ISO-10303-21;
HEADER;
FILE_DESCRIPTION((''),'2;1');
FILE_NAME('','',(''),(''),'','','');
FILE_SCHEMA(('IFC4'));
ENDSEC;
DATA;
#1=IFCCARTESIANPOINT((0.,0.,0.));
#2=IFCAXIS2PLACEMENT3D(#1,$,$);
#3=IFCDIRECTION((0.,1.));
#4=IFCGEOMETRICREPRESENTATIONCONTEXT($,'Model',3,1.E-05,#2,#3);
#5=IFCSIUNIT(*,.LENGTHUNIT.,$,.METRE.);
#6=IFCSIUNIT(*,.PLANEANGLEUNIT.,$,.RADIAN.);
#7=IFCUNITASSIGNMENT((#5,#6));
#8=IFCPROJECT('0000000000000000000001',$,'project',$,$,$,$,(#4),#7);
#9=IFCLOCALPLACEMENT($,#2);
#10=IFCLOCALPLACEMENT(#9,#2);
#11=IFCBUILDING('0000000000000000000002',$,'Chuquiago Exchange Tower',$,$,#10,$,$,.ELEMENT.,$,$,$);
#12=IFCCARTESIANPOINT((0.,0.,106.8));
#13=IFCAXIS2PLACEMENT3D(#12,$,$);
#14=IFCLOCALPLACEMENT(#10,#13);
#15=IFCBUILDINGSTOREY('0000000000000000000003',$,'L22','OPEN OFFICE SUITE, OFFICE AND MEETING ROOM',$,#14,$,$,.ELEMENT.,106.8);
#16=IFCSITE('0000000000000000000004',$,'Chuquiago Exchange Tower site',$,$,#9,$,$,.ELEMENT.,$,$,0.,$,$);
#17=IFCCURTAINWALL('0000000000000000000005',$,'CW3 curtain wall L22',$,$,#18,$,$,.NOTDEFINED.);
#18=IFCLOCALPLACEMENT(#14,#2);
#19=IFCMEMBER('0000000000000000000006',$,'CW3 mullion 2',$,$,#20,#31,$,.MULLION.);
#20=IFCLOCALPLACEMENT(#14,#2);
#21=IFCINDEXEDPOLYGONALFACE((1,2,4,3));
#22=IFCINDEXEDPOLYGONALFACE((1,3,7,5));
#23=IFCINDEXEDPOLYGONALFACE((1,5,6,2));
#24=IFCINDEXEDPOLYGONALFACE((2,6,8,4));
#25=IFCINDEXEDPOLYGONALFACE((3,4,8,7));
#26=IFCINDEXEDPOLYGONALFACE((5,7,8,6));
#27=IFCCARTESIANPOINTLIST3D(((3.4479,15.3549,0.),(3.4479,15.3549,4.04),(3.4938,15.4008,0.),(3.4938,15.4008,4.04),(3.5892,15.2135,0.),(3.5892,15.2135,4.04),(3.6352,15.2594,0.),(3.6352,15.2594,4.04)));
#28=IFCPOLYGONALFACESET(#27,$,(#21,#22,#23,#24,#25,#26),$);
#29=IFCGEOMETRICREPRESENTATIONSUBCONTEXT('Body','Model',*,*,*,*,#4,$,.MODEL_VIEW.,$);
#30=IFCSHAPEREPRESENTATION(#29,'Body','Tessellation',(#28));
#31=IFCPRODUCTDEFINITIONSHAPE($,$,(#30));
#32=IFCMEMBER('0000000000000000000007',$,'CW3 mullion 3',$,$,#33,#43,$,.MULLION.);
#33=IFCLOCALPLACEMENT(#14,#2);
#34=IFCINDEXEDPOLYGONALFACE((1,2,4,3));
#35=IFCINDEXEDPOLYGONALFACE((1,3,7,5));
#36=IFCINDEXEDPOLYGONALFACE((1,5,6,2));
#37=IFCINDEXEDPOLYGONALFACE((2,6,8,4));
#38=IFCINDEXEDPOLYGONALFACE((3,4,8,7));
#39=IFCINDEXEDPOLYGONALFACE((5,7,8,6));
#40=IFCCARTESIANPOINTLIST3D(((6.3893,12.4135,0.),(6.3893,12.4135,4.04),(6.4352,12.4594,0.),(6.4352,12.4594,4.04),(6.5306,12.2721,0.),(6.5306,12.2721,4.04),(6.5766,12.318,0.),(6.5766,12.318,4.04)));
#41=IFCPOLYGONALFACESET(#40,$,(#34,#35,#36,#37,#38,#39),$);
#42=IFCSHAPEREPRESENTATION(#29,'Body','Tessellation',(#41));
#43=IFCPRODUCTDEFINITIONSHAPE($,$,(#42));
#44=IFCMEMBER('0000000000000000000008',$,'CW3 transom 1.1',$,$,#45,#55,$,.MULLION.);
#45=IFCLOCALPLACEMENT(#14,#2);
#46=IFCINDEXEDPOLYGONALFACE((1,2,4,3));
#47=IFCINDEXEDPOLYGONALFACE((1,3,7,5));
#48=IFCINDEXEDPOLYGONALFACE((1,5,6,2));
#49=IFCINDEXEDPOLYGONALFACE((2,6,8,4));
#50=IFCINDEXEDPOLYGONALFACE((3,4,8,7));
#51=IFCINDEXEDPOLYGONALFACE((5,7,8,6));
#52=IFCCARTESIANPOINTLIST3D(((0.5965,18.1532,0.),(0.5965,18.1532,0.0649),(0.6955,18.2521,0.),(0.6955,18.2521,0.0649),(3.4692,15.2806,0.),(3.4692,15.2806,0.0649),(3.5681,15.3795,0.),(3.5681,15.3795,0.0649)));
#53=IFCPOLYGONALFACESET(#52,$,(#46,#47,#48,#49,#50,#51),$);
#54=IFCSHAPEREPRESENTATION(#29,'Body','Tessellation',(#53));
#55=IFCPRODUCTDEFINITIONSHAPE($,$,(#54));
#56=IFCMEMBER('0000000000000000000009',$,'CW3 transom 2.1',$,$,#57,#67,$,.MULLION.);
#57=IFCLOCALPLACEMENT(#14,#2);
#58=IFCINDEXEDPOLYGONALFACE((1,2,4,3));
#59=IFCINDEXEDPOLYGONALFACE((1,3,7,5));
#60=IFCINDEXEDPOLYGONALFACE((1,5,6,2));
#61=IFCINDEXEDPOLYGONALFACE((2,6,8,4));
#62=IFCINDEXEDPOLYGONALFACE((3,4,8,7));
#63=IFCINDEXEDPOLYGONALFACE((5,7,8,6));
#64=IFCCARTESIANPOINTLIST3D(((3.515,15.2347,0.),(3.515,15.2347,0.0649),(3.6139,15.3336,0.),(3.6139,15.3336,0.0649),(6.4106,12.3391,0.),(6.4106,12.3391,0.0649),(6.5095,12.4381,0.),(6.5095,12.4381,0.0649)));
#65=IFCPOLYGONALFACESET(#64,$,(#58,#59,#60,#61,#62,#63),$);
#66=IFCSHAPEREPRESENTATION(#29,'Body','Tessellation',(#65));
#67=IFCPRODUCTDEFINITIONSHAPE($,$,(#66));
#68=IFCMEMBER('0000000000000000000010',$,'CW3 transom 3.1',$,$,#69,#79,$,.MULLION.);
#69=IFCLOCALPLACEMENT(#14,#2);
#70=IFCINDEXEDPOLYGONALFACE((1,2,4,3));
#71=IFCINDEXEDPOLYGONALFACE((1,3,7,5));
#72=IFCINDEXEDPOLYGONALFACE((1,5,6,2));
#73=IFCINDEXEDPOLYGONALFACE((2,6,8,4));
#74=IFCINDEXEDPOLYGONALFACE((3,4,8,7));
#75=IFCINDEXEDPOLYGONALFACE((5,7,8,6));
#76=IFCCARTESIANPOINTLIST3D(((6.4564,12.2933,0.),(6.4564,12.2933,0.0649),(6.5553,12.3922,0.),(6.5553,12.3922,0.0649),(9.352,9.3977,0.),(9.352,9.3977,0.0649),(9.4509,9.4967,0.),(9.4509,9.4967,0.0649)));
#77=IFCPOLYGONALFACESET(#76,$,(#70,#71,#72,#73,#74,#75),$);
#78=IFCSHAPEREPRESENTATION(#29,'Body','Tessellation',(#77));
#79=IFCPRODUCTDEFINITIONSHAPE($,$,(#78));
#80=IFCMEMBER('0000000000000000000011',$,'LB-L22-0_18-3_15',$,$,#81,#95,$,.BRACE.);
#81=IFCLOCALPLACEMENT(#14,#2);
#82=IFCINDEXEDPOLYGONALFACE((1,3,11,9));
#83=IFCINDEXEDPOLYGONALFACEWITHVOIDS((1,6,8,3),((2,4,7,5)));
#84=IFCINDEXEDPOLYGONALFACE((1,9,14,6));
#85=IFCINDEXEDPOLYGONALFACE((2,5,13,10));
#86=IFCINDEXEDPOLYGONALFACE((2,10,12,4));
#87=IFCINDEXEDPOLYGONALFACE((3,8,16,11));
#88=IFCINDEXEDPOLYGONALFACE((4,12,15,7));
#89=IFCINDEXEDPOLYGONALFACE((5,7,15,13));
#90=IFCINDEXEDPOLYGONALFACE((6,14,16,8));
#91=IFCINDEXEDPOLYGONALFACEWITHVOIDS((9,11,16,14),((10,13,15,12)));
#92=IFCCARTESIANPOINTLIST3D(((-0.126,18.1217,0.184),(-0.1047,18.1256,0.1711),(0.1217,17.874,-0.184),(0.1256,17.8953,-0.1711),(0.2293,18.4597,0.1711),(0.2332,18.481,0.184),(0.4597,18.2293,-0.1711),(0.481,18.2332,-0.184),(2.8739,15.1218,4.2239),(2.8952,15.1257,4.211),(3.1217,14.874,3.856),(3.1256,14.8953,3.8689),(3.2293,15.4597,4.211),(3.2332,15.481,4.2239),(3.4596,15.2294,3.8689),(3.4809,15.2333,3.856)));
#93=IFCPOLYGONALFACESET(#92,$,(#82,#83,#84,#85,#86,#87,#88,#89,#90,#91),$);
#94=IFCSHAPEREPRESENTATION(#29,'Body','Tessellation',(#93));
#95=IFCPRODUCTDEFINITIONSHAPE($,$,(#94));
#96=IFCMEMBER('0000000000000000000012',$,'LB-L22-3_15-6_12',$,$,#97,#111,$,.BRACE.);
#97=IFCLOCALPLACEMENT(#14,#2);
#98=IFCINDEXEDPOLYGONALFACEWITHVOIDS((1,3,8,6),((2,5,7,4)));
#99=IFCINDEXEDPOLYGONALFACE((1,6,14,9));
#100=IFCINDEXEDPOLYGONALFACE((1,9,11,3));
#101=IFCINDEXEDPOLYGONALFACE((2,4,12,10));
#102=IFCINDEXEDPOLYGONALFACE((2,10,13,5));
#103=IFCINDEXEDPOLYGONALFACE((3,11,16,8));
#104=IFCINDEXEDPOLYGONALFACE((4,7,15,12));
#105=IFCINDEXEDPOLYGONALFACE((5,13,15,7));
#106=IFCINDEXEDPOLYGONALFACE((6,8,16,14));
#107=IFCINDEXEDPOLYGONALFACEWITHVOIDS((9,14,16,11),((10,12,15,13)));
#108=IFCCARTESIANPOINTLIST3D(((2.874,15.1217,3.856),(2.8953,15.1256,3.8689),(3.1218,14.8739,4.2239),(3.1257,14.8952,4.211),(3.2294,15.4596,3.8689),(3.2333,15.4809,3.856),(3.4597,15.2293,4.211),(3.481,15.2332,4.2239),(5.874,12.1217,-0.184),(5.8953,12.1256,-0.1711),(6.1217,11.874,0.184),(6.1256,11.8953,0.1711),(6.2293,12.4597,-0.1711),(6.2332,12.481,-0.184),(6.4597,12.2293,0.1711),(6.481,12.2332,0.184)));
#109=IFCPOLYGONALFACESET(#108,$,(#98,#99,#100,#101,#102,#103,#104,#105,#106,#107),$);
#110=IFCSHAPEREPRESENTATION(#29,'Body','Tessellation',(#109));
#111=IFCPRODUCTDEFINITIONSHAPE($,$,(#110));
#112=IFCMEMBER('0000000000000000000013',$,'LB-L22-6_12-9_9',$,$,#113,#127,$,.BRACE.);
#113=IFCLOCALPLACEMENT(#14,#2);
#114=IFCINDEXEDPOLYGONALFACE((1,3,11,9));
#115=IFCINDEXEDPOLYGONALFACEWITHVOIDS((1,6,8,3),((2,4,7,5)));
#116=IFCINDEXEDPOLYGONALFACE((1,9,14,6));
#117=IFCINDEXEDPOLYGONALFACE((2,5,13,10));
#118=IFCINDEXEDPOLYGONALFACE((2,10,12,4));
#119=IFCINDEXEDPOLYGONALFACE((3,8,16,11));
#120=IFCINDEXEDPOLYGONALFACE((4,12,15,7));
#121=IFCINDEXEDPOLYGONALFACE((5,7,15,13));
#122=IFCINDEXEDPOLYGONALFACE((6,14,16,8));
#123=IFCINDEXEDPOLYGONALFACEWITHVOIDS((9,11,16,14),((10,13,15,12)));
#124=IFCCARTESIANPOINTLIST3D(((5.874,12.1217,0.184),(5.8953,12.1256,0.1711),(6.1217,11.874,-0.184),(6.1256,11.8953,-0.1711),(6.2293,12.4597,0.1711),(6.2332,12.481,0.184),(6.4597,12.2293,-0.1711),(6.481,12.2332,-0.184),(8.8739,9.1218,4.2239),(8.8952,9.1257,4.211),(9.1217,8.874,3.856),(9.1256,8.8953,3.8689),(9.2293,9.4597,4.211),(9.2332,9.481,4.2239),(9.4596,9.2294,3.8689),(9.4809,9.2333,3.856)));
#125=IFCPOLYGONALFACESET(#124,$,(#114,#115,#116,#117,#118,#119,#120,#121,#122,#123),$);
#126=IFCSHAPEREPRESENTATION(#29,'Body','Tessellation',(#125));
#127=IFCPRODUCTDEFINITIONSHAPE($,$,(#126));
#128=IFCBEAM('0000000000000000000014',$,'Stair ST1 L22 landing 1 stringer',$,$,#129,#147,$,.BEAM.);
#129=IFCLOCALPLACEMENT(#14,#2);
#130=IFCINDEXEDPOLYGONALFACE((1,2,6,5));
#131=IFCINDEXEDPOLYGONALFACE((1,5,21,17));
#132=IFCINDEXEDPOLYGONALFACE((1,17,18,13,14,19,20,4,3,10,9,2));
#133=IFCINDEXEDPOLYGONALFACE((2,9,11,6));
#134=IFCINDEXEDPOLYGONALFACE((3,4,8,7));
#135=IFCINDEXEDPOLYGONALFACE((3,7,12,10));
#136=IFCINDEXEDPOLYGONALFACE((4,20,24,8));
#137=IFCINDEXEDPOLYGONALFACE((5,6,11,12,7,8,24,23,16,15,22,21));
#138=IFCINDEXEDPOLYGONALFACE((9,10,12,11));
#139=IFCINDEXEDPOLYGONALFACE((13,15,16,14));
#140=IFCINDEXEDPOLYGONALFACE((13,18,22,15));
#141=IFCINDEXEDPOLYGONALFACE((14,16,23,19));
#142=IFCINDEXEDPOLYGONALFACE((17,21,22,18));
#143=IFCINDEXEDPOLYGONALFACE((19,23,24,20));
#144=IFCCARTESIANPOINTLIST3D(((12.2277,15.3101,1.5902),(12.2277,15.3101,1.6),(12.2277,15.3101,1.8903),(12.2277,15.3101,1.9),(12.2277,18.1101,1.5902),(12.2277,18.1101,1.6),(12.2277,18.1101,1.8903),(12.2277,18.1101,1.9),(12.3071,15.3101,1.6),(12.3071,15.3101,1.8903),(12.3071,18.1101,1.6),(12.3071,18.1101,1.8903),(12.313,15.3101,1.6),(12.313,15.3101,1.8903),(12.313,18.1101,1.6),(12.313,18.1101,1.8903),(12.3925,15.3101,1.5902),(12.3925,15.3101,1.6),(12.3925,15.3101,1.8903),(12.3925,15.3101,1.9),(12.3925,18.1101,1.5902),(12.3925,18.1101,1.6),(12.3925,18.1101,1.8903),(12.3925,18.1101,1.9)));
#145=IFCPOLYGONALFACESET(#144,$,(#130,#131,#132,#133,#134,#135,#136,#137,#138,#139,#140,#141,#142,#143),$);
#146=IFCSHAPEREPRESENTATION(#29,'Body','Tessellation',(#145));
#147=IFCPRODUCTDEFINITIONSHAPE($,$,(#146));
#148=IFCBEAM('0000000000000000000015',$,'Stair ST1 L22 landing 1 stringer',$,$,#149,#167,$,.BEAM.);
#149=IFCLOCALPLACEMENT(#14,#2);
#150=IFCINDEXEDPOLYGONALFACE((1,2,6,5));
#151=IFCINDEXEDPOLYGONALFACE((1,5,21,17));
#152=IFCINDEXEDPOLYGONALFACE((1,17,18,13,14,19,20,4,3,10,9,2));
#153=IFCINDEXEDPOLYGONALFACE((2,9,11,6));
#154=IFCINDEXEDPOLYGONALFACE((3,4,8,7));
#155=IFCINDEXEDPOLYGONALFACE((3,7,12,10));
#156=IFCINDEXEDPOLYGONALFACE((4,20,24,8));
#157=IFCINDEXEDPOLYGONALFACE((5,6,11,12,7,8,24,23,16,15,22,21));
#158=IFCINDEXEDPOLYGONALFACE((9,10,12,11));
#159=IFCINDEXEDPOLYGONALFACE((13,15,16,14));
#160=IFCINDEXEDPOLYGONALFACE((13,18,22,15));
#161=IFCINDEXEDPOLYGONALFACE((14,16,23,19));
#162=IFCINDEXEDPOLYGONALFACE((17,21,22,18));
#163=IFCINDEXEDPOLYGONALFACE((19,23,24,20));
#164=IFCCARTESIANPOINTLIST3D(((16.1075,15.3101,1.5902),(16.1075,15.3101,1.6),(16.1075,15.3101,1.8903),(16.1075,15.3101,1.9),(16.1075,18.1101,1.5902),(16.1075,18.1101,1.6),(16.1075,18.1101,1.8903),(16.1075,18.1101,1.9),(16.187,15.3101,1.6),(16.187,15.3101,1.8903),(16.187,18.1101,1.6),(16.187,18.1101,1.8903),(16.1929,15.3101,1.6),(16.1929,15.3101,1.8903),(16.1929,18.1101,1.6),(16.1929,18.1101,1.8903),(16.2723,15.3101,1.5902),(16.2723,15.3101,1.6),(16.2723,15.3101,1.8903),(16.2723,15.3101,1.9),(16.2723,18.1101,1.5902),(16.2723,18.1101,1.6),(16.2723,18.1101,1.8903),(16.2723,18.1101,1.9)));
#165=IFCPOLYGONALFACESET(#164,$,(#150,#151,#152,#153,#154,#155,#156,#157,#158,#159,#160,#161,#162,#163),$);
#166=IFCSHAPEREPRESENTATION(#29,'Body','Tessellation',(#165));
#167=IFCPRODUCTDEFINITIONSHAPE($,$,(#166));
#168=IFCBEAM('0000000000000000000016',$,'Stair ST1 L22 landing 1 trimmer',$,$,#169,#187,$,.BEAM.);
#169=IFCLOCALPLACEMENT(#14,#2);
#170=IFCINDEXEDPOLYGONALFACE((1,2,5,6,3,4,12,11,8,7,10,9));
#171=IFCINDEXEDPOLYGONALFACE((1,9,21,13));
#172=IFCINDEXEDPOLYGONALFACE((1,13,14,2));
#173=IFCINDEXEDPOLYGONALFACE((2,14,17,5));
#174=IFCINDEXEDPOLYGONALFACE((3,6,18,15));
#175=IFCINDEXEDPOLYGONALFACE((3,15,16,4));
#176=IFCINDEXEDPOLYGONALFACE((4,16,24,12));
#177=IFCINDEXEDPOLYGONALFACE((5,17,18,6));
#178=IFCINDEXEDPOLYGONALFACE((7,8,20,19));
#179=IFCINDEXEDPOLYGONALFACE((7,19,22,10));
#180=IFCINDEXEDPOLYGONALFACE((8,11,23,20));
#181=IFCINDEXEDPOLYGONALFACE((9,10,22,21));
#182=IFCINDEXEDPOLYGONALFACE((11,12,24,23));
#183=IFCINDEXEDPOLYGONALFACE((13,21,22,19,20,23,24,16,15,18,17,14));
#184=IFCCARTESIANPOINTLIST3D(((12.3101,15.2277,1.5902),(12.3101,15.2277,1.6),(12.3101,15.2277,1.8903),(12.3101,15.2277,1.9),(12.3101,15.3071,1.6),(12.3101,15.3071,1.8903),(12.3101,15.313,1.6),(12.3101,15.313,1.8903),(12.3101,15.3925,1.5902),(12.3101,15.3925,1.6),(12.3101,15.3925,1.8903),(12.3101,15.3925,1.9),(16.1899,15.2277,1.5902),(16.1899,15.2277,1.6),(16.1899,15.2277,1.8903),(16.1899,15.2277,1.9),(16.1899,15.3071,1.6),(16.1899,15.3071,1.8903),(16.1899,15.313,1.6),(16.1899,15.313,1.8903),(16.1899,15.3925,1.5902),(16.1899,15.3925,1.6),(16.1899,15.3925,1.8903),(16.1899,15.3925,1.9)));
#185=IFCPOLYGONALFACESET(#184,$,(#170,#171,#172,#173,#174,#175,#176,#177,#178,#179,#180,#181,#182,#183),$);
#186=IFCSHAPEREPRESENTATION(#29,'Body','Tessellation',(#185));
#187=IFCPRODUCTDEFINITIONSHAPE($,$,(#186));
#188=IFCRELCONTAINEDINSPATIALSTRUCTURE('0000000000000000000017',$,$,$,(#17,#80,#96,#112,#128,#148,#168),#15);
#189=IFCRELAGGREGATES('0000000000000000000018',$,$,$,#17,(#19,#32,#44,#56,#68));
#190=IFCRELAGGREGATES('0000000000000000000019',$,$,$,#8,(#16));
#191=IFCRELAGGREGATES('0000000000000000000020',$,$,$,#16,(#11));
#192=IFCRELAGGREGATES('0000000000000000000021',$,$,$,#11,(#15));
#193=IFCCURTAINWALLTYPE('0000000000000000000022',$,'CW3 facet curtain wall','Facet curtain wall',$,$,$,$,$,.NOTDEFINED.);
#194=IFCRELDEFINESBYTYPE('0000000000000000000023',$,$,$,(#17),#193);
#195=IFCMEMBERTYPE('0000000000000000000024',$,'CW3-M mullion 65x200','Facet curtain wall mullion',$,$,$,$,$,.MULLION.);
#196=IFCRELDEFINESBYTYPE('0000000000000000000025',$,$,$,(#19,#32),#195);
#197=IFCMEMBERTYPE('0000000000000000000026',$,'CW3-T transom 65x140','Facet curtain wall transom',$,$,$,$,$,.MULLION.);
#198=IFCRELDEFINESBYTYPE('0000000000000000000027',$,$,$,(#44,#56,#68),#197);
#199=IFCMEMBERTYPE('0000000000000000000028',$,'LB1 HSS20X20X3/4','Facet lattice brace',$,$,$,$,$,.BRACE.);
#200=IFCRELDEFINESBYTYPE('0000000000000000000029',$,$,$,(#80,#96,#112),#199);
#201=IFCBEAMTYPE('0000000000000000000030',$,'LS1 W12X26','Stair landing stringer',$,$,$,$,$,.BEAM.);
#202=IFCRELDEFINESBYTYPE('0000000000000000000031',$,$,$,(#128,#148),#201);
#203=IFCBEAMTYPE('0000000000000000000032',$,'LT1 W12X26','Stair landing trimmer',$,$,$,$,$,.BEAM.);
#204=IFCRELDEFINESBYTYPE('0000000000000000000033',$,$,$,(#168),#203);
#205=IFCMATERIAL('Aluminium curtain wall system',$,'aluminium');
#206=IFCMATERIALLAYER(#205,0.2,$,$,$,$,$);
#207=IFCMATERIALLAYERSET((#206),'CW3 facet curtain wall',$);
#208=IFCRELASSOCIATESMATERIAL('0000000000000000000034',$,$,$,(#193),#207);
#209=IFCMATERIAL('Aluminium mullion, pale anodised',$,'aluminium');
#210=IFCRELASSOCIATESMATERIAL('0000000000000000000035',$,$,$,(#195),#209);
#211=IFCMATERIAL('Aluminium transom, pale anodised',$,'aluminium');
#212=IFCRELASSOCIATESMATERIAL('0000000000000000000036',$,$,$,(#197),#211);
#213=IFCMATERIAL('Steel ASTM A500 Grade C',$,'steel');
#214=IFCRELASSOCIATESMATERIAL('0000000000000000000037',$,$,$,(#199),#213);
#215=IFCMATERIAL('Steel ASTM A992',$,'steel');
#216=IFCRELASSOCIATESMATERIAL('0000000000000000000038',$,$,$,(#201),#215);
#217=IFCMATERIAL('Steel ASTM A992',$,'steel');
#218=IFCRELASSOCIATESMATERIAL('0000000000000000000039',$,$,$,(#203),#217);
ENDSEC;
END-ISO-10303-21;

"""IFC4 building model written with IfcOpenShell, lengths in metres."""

from ifc_helpers import new_model, si_unit, direction, frame, origin, origin_2d, place, context, subcontext, project, spatial, rectangle, hollow_rectangle, i_section, extrude, material, layer, layer_set, material_profile, profile_set, type_object, element, aggregate, save


model = new_model("IFC4")

# Units and contexts
model_context = context("Model", 3, precision=1e-05, world=origin(), true_north=direction((0.0, 1.0)))
body_context = subcontext(model_context, "Body", "Model", "MODEL_VIEW")
ifc_project = project(units=[si_unit("LENGTHUNIT", "METRE"), si_unit("PLANEANGLEUNIT", "RADIAN")], contexts=[model_context])

# Site, building, storey
site_placement = place(None, origin())
site = spatial("IfcSite", under=ifc_project, at=site_placement, Name="Chuquiago Exchange Tower site", CompositionType="ELEMENT", RefElevation=0.0)
building_placement = place(site_placement, origin())
building = spatial("IfcBuilding", under=site, at=building_placement, Name="Chuquiago Exchange Tower", CompositionType="ELEMENT")
storey_placement = place(building_placement, frame((0.0, 0.0, 106.8)))
storey = spatial("IfcBuildingStorey", under=building, at=storey_placement, Name="L22", Description="OPEN OFFICE SUITE, OFFICE AND MEETING ROOM", CompositionType="ELEMENT", Elevation=106.8)

# Curtain wall, members
ifc_material_1 = material(Name="Aluminium curtain wall system", Category="aluminium")
ifc_layer_1 = layer(ifc_material_1, 0.2)
ifc_layer_set_1 = layer_set([ifc_layer_1], Name="CW3 facet curtain wall")
curtain_wall_type_1 = type_object("IfcCurtainWallType", Name="CW3 facet curtain wall", Description="Facet curtain wall", PredefinedType="NOTDEFINED", material=ifc_layer_set_1)
curtain_wall_1_placement = place(storey_placement, origin())
curtain_wall_1 = element("IfcCurtainWall", 1, at=curtain_wall_1_placement, inside=storey, type_object=curtain_wall_type_1, Name="CW3 curtain wall L22", PredefinedType="NOTDEFINED")
ifc_material_2 = material(Name="Aluminium mullion, pale anodised", Category="aluminium")
ifc_material_profile_1 = material_profile(ifc_material_2, rectangle(XDim=0.0649, YDim=0.2, at=origin_2d()), Name="AL 65x200")
ifc_profile_set_1 = profile_set([ifc_material_profile_1], Name="Aluminium mullion, pale anodised")
member_type_1 = type_object("IfcMemberType", Name="CW3-M mullion 65x200", Description="Facet curtain wall mullion", PredefinedType="MULLION", material=ifc_profile_set_1)
member_1_placement = place(storey_placement, frame((3.5415, 15.3071, 0.0), z_axis=(0.0, 0.0, 1.0), x_axis=(0.707107, 0.707107, 0.0)))
member_1 = element("IfcMember", 2, at=member_1_placement, type_object=member_type_1, Name="CW3 mullion 2", PredefinedType="MULLION", context=body_context, shape_type="SweptSolid", body=[
    extrude(rectangle(XDim=0.0649, YDim=0.2, at=origin_2d()), origin(), (0.0, 0.0, 1.0), 4.04),
])
member_2_placement = place(storey_placement, frame((6.4829, 12.3657, 0.0), z_axis=(0.0, 0.0, 1.0), x_axis=(0.707107, 0.707107, 0.0)))
member_2 = element("IfcMember", 3, at=member_2_placement, type_object=member_type_1, Name="CW3 mullion 3", PredefinedType="MULLION", context=body_context, shape_type="SweptSolid", body=[
    extrude(rectangle(XDim=0.0649, YDim=0.2, at=origin_2d()), origin(), (0.0, 0.0, 1.0), 4.04),
])
ifc_material_3 = material(Name="Aluminium transom, pale anodised", Category="aluminium")
ifc_material_profile_2 = material_profile(ifc_material_3, rectangle(XDim=0.1399, YDim=0.0649, at=origin_2d()), Name="AL 140x65")
ifc_profile_set_2 = profile_set([ifc_material_profile_2], Name="Aluminium transom, pale anodised")
member_type_2 = type_object("IfcMemberType", Name="CW3-T transom 65x140", Description="Facet curtain wall transom", PredefinedType="MULLION", material=ifc_profile_set_2)
member_3_placement = place(storey_placement, frame((0.646, 18.2026, 0.0325), z_axis=(0.707107, -0.707107, 0.0), x_axis=(0.707107, 0.707107, 0.0)))
member_3 = element("IfcMember", 4, at=member_3_placement, type_object=member_type_2, Name="CW3 transom 1.1", PredefinedType="MULLION", context=body_context, shape_type="SweptSolid", body=[
    extrude(rectangle(XDim=0.1399, YDim=0.0649, at=origin_2d()), origin(), (0.0, 0.0, 1.0), 4.0625),
])
member_4_placement = place(storey_placement, frame((3.5645, 15.2842, 0.0325), z_axis=(0.707107, -0.707107, 0.0), x_axis=(0.707107, 0.707107, 0.0)))
member_4 = element("IfcMember", 5, at=member_4_placement, type_object=member_type_2, Name="CW3 transom 2.1", PredefinedType="MULLION", context=body_context, shape_type="SweptSolid", body=[
    extrude(rectangle(XDim=0.1399, YDim=0.0649, at=origin_2d()), origin(), (0.0, 0.0, 1.0), 4.095),
])
member_5_placement = place(storey_placement, frame((6.5059, 12.3428, 0.0325), z_axis=(0.707107, -0.707107, 0.0), x_axis=(0.707107, 0.707107, 0.0)))
member_5 = element("IfcMember", 6, at=member_5_placement, type_object=member_type_2, Name="CW3 transom 3.1", PredefinedType="MULLION", context=body_context, shape_type="SweptSolid", body=[
    extrude(rectangle(XDim=0.1399, YDim=0.0649, at=origin_2d()), origin(), (0.0, 0.0, 1.0), 4.095),
])

# Members
ifc_material_4 = material(Name="Steel ASTM A500 Grade C", Category="steel")
ifc_material_profile_3 = material_profile(ifc_material_4, hollow_rectangle(XDim=0.5081, YDim=0.5081, WallThickness=0.0178, at=origin_2d()), Name="HSS20X20X3/4")
ifc_profile_set_3 = profile_set([ifc_material_profile_3], Name="Steel ASTM A500 Grade C")
member_type_3 = type_object("IfcMemberType", Name="LB1 HSS20X20X3/4", Description="Facet lattice brace", PredefinedType="BRACE", material=ifc_profile_set_3)
for number, where, z_axis, x_axis, name in (
    (7, (0.1775, 18.1775, 0.0), (0.512077, -0.512077, 0.689604), (0.707107, 0.707107, 0.0), "LB-L22-0_18-3_15"),
    (8, (6.1775, 12.1775, 0.0), (-0.512077, 0.512077, 0.689604), (-0.707107, -0.707107, 0.0), "LB-L22-3_15-6_12"),
    (9, (6.1775, 12.1775, 0.0), (0.512077, -0.512077, 0.689604), (0.707107, 0.707107, 0.0), "LB-L22-6_12-9_9"),
):
    element("IfcMember", number, at=place(storey_placement, frame(where, z_axis=z_axis, x_axis=x_axis)), inside=storey, type_object=member_type_3, Name=name, PredefinedType="BRACE", context=body_context, shape_type="SweptSolid", body=[
        extrude(hollow_rectangle(XDim=0.5081, YDim=0.5081, WallThickness=0.0178, at=origin_2d()), origin(), (0.0, 0.0, 1.0), 5.8584),
    ])

# Beams
ifc_material_5 = material(Name="Steel ASTM A992", Category="steel")
ifc_material_profile_4 = material_profile(ifc_material_5, i_section(OverallWidth=0.1648, OverallDepth=0.3098, WebThickness=0.0059, FlangeThickness=0.0098, at=origin_2d()), Name="W12X26")
ifc_profile_set_4 = profile_set([ifc_material_profile_4], Name="Steel ASTM A992")
beam_type_1 = type_object("IfcBeamType", Name="LS1 W12X26", Description="Stair landing stringer", PredefinedType="BEAM", material=ifc_profile_set_4)
for number, where, z_axis, x_axis, name in (
    (10, (12.3101, 15.3101, 1.7451), (0.0, 1.0, 0.0), (-1.0, 0.0, 0.0), "Stair ST1 L22 landing 1 stringer"),
    (11, (16.1899, 15.3101, 1.7451), (0.0, 1.0, 0.0), (-1.0, 0.0, 0.0), "Stair ST1 L22 landing 1 stringer"),
):
    element("IfcBeam", number, at=place(storey_placement, frame(where, z_axis=z_axis, x_axis=x_axis)), inside=storey, type_object=beam_type_1, Name=name, PredefinedType="BEAM", context=body_context, shape_type="SweptSolid", body=[
        extrude(i_section(OverallWidth=0.1648, OverallDepth=0.3098, WebThickness=0.0059, FlangeThickness=0.0098, at=origin_2d()), origin(), (0.0, 0.0, 1.0), 2.8),
    ])
ifc_material_6 = material(Name="Steel ASTM A992", Category="steel")
ifc_material_profile_5 = material_profile(ifc_material_6, i_section(OverallWidth=0.1648, OverallDepth=0.3098, WebThickness=0.0059, FlangeThickness=0.0098, at=origin_2d()), Name="W12X26")
ifc_profile_set_5 = profile_set([ifc_material_profile_5], Name="Steel ASTM A992")
beam_type_2 = type_object("IfcBeamType", Name="LT1 W12X26", Description="Stair landing trimmer", PredefinedType="BEAM", material=ifc_profile_set_5)
for number, where, z_axis, x_axis, name in (
    (12, (12.3101, 15.3101, 1.7451), (1.0, 0.0, 0.0), (0.0, 1.0, 0.0), "Stair ST1 L22 landing 1 trimmer"),
):
    element("IfcBeam", number, at=place(storey_placement, frame(where, z_axis=z_axis, x_axis=x_axis)), inside=storey, type_object=beam_type_2, Name=name, PredefinedType="BEAM", context=body_context, shape_type="SweptSolid", body=[
        extrude(i_section(OverallWidth=0.1648, OverallDepth=0.3098, WebThickness=0.0059, FlangeThickness=0.0098, at=origin_2d()), origin(), (0.0, 0.0, 1.0), 3.8799),
    ])

aggregate(curtain_wall_1, [member_1, member_2, member_3, member_4, member_5])

save(model, "model.ifc")
